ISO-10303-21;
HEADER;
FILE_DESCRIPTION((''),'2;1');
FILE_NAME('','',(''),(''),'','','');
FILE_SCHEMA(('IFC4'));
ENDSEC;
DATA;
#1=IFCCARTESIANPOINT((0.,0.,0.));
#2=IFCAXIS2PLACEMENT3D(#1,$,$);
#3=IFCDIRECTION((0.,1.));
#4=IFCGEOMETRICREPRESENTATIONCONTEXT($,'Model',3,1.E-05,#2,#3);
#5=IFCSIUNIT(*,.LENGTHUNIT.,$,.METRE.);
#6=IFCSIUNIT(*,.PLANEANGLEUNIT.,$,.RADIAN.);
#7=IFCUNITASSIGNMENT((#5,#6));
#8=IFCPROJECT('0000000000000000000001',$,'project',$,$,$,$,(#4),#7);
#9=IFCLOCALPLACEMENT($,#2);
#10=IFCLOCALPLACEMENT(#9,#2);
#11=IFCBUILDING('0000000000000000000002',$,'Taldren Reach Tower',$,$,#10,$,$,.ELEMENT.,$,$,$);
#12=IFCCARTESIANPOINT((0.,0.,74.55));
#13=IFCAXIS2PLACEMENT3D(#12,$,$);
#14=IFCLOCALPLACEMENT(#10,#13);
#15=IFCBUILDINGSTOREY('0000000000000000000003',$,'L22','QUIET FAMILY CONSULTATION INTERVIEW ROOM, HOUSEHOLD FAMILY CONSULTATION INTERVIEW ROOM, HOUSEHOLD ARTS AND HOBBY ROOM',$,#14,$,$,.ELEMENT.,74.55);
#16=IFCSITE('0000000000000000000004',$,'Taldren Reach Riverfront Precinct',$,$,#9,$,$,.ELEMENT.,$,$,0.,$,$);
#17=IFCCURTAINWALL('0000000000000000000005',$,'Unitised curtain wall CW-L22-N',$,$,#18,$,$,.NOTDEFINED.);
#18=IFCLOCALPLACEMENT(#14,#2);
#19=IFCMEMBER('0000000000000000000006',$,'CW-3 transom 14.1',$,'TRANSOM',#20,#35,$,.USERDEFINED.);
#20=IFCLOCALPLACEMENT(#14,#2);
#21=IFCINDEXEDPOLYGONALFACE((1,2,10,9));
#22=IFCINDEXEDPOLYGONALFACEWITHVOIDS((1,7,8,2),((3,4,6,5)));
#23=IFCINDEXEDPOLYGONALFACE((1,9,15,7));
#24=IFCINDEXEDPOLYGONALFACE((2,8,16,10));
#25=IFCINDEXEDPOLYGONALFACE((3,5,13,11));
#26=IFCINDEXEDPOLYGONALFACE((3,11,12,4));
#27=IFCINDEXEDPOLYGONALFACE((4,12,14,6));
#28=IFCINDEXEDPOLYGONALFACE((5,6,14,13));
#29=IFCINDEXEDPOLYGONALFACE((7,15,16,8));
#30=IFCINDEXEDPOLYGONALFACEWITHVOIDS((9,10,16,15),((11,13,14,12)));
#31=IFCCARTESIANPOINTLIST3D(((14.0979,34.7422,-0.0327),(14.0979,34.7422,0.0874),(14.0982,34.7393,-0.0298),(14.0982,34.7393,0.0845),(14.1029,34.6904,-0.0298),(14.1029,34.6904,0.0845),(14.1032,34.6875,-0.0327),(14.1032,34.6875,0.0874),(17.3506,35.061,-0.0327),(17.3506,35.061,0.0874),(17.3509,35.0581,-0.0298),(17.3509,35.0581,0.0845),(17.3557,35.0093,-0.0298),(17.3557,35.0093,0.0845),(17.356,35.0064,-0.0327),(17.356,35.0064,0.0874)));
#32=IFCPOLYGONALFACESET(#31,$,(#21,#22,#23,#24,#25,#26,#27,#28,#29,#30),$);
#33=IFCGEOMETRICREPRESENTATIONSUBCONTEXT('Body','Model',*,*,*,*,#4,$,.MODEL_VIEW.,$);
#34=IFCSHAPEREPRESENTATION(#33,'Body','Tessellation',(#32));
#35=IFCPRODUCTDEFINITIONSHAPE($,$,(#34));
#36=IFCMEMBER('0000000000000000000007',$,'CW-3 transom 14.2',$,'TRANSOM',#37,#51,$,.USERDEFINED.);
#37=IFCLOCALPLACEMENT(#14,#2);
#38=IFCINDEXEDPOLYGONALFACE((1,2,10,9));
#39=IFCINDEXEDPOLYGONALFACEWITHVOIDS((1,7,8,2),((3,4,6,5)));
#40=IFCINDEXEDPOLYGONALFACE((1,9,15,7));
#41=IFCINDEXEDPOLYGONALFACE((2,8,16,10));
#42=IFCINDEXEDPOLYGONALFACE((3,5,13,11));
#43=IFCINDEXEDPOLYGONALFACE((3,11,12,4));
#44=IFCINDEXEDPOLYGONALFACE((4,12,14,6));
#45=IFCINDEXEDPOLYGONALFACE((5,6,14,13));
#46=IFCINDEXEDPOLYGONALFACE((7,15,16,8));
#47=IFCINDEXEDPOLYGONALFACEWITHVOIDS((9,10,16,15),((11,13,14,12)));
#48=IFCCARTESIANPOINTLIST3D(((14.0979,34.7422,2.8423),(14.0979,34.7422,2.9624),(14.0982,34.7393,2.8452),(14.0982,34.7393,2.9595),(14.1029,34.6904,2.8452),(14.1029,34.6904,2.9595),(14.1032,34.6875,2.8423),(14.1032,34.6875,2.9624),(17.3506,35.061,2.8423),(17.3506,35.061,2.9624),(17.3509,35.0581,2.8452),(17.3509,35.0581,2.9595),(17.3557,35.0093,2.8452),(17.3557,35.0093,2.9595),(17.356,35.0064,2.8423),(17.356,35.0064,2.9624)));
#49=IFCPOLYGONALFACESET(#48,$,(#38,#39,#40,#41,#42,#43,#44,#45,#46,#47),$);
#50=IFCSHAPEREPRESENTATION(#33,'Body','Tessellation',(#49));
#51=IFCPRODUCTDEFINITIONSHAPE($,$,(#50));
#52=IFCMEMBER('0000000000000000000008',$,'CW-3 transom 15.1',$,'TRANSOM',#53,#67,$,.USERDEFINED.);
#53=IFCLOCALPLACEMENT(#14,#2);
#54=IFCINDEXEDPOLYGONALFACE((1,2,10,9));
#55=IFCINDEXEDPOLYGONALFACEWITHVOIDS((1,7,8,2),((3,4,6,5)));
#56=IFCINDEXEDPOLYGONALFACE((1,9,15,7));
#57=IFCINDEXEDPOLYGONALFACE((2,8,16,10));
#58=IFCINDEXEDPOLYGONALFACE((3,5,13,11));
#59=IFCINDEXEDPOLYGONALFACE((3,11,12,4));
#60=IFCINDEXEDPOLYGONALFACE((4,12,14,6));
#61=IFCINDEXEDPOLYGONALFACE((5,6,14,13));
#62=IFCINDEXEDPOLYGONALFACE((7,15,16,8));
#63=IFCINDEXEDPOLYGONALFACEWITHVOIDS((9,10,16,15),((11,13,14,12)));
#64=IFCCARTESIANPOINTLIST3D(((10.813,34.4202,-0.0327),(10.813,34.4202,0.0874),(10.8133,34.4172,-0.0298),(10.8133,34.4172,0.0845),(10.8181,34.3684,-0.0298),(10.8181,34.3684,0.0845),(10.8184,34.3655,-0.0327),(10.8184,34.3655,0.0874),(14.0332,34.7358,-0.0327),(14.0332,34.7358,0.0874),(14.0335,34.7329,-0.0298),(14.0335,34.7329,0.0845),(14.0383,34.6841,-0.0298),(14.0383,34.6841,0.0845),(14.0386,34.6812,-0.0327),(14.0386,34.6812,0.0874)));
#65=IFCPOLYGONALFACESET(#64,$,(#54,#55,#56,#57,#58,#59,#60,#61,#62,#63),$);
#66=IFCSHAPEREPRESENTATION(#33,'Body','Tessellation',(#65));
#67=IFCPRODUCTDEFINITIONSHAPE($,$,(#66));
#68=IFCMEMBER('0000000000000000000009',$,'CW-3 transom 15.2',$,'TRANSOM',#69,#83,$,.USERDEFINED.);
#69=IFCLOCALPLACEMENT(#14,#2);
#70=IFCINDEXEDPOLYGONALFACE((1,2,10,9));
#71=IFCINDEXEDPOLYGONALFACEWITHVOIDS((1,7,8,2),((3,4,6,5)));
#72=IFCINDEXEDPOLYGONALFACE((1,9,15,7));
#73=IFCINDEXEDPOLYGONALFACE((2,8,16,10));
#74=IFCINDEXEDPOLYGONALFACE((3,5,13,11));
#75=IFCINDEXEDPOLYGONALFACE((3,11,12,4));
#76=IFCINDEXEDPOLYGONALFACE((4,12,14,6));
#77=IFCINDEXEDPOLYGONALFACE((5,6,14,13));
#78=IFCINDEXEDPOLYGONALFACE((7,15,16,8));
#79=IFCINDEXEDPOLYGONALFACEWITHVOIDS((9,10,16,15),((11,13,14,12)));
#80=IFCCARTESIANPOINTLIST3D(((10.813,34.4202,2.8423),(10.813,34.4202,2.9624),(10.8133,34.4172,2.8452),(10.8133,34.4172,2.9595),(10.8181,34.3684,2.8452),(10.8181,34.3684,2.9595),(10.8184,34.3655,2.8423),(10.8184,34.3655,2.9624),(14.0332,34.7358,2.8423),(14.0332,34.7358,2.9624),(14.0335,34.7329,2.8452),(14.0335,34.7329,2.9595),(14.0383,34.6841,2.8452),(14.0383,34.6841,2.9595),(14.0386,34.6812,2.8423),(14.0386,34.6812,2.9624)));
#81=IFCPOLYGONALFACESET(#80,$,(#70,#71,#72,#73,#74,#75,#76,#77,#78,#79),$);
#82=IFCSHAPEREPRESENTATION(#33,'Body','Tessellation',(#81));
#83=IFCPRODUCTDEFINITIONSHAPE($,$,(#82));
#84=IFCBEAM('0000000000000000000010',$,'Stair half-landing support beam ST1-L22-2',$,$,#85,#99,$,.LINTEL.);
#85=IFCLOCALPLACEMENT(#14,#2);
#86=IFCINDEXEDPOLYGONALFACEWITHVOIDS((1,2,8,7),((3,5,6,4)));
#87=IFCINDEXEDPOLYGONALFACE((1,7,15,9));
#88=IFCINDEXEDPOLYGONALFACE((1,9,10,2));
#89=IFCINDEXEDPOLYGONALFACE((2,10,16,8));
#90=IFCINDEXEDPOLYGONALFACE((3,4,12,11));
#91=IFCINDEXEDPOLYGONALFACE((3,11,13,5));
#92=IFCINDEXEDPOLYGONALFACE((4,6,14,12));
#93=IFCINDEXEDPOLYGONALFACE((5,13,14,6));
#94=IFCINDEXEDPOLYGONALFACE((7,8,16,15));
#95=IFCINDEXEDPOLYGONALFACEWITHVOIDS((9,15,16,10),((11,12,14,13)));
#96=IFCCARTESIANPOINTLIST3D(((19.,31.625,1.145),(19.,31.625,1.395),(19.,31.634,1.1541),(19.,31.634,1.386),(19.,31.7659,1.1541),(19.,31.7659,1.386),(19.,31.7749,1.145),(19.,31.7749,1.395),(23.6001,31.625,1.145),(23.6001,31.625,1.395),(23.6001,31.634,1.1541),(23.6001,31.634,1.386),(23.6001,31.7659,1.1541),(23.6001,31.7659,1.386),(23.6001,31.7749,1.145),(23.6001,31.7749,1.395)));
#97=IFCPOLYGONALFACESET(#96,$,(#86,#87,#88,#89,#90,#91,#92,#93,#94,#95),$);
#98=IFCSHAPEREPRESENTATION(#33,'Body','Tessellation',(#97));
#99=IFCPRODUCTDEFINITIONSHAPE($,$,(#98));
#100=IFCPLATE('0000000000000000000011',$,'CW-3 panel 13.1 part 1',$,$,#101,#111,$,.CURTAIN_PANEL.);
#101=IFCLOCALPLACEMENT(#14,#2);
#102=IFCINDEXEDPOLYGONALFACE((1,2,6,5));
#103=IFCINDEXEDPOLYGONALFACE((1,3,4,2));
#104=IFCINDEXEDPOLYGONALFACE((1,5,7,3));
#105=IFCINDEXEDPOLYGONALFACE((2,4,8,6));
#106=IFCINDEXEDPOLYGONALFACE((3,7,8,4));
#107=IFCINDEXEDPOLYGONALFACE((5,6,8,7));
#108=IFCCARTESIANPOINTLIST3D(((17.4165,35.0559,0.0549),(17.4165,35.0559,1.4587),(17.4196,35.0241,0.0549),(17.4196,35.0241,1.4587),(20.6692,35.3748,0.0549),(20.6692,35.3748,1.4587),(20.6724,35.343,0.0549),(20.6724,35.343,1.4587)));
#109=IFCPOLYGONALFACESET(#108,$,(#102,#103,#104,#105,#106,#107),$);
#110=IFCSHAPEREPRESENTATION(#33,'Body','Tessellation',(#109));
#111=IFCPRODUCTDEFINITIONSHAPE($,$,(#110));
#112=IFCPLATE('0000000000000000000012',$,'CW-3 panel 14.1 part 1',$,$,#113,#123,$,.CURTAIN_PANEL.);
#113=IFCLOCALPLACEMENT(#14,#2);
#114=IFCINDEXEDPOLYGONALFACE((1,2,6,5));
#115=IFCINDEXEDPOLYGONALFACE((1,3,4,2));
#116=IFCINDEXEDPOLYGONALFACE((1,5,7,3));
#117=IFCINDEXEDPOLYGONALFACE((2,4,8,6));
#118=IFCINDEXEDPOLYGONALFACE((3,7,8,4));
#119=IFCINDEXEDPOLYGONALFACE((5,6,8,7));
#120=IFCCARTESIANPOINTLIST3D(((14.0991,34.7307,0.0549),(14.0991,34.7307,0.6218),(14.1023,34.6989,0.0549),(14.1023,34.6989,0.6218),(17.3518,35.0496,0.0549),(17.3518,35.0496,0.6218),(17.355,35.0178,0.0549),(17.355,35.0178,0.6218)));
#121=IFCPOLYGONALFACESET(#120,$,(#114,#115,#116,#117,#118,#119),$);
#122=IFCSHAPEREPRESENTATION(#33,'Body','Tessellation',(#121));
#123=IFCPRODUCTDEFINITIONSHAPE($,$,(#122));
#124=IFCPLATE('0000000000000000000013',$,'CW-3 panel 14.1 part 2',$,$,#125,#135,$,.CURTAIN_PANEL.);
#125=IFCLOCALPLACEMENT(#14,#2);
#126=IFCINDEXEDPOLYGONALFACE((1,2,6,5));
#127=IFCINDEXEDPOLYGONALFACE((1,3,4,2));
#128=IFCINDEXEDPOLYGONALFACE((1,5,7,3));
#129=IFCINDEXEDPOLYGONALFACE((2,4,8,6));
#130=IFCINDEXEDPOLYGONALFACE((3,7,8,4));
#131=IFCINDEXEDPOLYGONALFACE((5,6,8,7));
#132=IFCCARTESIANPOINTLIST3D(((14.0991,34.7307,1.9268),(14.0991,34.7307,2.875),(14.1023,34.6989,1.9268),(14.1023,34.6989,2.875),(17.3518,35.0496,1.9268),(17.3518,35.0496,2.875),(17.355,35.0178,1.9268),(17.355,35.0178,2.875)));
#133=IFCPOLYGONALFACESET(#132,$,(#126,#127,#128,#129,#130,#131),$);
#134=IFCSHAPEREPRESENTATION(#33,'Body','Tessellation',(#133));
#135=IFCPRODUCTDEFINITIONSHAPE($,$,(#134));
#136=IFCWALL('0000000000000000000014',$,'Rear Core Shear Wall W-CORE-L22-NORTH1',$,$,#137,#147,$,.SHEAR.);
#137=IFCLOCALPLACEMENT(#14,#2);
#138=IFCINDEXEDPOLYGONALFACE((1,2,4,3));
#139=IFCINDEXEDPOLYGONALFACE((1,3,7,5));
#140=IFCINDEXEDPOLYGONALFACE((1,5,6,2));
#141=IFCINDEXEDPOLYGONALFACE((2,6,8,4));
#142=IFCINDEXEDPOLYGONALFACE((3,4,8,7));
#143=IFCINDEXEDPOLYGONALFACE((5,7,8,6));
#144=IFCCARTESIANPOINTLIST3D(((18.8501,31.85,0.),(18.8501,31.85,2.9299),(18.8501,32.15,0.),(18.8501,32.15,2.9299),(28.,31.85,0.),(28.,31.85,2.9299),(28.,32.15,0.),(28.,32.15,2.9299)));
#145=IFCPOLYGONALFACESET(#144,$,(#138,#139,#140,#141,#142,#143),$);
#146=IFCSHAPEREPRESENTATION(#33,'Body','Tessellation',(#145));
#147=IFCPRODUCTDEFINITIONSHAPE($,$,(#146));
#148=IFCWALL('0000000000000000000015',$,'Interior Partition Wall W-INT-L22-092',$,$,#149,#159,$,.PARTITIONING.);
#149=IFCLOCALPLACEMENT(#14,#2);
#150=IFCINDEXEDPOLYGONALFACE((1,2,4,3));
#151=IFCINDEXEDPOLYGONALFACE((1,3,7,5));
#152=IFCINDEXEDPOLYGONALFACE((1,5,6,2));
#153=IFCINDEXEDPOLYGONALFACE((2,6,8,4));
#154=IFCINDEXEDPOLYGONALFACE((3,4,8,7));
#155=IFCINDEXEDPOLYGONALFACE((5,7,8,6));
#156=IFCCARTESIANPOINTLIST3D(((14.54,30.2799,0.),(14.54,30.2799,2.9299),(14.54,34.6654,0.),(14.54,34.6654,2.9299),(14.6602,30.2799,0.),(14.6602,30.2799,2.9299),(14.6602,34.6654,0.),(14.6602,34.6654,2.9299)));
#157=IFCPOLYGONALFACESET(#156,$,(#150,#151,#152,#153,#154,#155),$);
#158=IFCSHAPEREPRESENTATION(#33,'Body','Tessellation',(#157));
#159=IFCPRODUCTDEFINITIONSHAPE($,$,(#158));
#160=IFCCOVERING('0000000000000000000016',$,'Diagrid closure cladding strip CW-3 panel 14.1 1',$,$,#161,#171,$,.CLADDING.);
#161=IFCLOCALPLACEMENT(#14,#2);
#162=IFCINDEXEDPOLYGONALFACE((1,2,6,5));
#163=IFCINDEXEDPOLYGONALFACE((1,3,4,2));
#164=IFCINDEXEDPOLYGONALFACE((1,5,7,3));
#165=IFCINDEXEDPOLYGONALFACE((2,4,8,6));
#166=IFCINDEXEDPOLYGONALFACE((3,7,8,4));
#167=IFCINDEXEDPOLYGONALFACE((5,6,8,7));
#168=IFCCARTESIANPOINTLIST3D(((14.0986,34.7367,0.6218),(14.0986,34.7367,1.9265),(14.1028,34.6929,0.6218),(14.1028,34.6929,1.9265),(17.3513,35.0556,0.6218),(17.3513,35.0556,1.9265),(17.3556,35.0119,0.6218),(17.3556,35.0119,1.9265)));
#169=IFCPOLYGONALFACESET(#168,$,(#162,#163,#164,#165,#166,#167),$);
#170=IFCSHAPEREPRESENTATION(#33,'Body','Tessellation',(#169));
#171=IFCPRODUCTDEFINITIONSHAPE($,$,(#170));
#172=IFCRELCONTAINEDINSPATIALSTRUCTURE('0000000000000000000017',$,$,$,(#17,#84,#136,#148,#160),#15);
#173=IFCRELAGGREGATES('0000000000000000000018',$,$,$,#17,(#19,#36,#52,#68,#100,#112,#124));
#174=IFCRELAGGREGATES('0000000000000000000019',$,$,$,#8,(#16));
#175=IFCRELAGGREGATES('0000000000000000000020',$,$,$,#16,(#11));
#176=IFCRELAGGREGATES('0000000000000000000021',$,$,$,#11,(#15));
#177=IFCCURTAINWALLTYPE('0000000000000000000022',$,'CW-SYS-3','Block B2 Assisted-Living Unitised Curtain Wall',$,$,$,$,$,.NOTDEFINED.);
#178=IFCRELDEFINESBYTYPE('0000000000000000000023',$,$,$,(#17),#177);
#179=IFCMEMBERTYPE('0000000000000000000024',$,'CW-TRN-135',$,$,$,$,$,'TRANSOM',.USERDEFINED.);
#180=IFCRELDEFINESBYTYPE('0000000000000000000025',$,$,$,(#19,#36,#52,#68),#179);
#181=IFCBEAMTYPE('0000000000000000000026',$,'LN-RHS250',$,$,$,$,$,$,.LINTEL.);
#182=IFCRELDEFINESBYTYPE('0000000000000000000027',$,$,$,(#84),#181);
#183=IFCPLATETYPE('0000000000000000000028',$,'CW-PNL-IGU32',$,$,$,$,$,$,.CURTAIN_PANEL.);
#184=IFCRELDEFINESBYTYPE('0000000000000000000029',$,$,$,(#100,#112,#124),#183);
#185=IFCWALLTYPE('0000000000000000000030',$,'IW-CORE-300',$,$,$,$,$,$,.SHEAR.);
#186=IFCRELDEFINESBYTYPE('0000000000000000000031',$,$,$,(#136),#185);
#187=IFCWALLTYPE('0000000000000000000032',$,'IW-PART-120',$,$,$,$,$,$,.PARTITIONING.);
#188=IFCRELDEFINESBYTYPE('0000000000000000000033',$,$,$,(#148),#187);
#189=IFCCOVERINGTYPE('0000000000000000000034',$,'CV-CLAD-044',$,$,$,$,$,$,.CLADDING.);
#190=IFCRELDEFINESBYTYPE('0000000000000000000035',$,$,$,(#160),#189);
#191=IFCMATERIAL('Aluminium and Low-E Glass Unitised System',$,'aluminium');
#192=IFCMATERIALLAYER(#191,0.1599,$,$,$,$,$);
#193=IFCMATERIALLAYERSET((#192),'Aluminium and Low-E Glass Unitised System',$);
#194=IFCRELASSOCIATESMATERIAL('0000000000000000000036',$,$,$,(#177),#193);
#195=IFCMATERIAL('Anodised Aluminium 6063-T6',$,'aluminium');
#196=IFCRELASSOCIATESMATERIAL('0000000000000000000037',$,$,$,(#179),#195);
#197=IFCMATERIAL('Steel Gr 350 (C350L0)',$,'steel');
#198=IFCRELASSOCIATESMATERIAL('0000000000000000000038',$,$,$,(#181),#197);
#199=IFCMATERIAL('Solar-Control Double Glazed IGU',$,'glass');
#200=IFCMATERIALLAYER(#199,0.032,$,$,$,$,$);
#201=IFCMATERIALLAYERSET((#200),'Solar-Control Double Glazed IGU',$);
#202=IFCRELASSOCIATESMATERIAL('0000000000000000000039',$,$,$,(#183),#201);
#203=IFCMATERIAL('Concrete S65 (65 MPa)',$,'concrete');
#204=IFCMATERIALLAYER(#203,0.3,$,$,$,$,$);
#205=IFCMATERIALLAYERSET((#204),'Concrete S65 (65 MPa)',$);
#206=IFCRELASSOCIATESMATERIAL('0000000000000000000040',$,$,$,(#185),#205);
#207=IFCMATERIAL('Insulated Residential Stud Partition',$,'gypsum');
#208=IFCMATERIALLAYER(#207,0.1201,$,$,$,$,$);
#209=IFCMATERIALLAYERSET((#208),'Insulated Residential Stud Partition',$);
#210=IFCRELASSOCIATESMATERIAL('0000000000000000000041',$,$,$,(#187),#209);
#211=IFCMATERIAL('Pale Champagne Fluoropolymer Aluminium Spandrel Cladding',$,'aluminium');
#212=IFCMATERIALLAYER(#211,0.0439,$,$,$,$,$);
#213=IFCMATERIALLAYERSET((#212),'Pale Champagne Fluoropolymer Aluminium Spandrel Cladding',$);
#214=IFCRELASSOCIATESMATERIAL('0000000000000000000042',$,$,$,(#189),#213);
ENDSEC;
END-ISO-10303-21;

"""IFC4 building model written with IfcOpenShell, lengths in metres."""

from ifc_helpers import new_model, si_unit, direction, frame, frame_2d, origin, origin_2d, place, context, subcontext, project, spatial, rectangle, hollow_rectangle, extrude, source, transform, mapped, material, layer, layer_set, material_profile, profile_set, type_object, element, aggregate, save


model = new_model("IFC4")

# Units and contexts
model_context = context("Model", 3, precision=1e-05, world=origin(), true_north=direction((0.0, 1.0)))
body_context = subcontext(model_context, "Body", "Model", "MODEL_VIEW")
ifc_project = project(units=[si_unit("LENGTHUNIT", "METRE"), si_unit("PLANEANGLEUNIT", "RADIAN")], contexts=[model_context])

# Site, building, storey
site_placement = place(None, origin())
site = spatial("IfcSite", under=ifc_project, at=site_placement, Name="Taldren Reach Riverfront Precinct", CompositionType="ELEMENT", RefElevation=0.0)
building_placement = place(site_placement, origin())
building = spatial("IfcBuilding", under=site, at=building_placement, Name="Taldren Reach Tower", CompositionType="ELEMENT")
storey_placement = place(building_placement, frame((0.0, 0.0, 74.55)))
storey = spatial("IfcBuildingStorey", under=building, at=storey_placement, Name="L22", Description="QUIET FAMILY CONSULTATION INTERVIEW ROOM, HOUSEHOLD FAMILY CONSULTATION INTERVIEW ROOM, HOUSEHOLD ARTS AND HOBBY ROOM", CompositionType="ELEMENT", Elevation=74.55)

# Shared definitions
ifc_material_1 = material(Name="Concrete S65 (65 MPa)", Category="concrete")

# Curtain wall, members
ifc_material_2 = material(Name="Aluminium and Low-E Glass Unitised System", Category="aluminium")
ifc_layer_1 = layer(ifc_material_2, 0.1599)
ifc_layer_set_1 = layer_set([ifc_layer_1], Name="Aluminium and Low-E Glass Unitised System")
curtain_wall_type = type_object("IfcCurtainWallType", Name="CW-SYS-3", Description="Block B2 Assisted-Living Unitised Curtain Wall", PredefinedType="NOTDEFINED", material=ifc_layer_set_1)
curtain_wall_placement = place(storey_placement, origin())
curtain_wall = element("IfcCurtainWall", 1, at=curtain_wall_placement, inside=storey, type_object=curtain_wall_type, Name="Unitised curtain wall CW-L22-N", PredefinedType="NOTDEFINED")
ifc_material_3 = material(Name="Anodised Aluminium 6063-T6", Category="aluminium")
ifc_material_profile_1 = material_profile(ifc_material_3, hollow_rectangle(XDim=0.0549, YDim=0.1201, WallThickness=0.0029, at=origin_2d()), Name="ALU-120x55x3RHS")
ifc_profile_set_1 = profile_set([ifc_material_profile_1], Name="Anodised Aluminium 6063-T6")
member_type_1 = type_object("IfcMemberType", Name="CW-TRN-135", ElementType="TRANSOM", PredefinedType="USERDEFINED", material=ifc_profile_set_1)
shared_shape_1 = source(origin(), body_context, "Body", "SweptSolid", [
    extrude(hollow_rectangle(XDim=0.0549, YDim=0.1201, WallThickness=0.0029, at=origin_2d()), origin(), (0.0, 0.0, 1.0), 3.2683),
])
member_1_placement = place(storey_placement, frame((17.3533, 35.0337, 0.0273), z_axis=(-0.99523, -0.097558, 0.0), x_axis=(0.097558, -0.99523, 0.0)))
member_1 = element("IfcMember", 2, at=member_1_placement, type_object=member_type_1, Name="CW-3 transom 14.1", ObjectType="TRANSOM", PredefinedType="USERDEFINED", context=body_context, shape_type="MappedRepresentation", body=[
    mapped(shared_shape_1, transform((0.0, 0.0, 0.0), scale=1.0)),
])
member_2_placement = place(storey_placement, frame((17.3533, 35.0337, 2.9023), z_axis=(-0.99523, -0.097558, 0.0), x_axis=(0.097558, -0.99523, 0.0)))
member_2 = element("IfcMember", 3, at=member_2_placement, type_object=member_type_1, Name="CW-3 transom 14.2", ObjectType="TRANSOM", PredefinedType="USERDEFINED", context=body_context, shape_type="MappedRepresentation", body=[
    mapped(shared_shape_1, transform((0.0, 0.0, 0.0), scale=1.0)),
])
shared_shape_2 = source(origin(), body_context, "Body", "SweptSolid", [
    extrude(hollow_rectangle(XDim=0.0549, YDim=0.1201, WallThickness=0.0029, at=origin_2d()), origin(), (0.0, 0.0, 1.0), 3.2356),
])
member_3_placement = place(storey_placement, frame((14.0359, 34.7085, 0.0273), z_axis=(-0.99523, -0.097561, 0.0), x_axis=(0.097561, -0.99523, 0.0)))
member_3 = element("IfcMember", 4, at=member_3_placement, type_object=member_type_1, Name="CW-3 transom 15.1", ObjectType="TRANSOM", PredefinedType="USERDEFINED", context=body_context, shape_type="MappedRepresentation", body=[
    mapped(shared_shape_2, transform((0.0, 0.0, 0.0), scale=1.0)),
])
member_4_placement = place(storey_placement, frame((14.0359, 34.7085, 2.9023), z_axis=(-0.99523, -0.097561, 0.0), x_axis=(0.097561, -0.99523, 0.0)))
member_4 = element("IfcMember", 5, at=member_4_placement, type_object=member_type_1, Name="CW-3 transom 15.2", ObjectType="TRANSOM", PredefinedType="USERDEFINED", context=body_context, shape_type="MappedRepresentation", body=[
    mapped(shared_shape_2, transform((0.0, 0.0, 0.0), scale=1.0)),
])

# Beam
ifc_material_4 = material(Name="Steel Gr 350 (C350L0)", Category="steel")
ifc_material_profile_2 = material_profile(ifc_material_4, hollow_rectangle(XDim=0.1499, YDim=0.25, WallThickness=0.009, at=origin_2d()), Name="250x150x9.0RHS")
ifc_profile_set_2 = profile_set([ifc_material_profile_2], Name="Steel Gr 350 (C350L0)")
beam_type_1 = type_object("IfcBeamType", Name="LN-RHS250", PredefinedType="LINTEL", material=ifc_profile_set_2)
shared_shape_3 = source(origin(), body_context, "Body", "SweptSolid", [
    extrude(hollow_rectangle(XDim=0.1499, YDim=0.25, WallThickness=0.009, at=origin_2d()), origin(), (0.0, 0.0, 1.0), 4.6001),
])
beam_1_placement = place(storey_placement, frame((19.0, 31.7, 1.27), z_axis=(1.0, 0.0, 0.0), x_axis=(0.0, 1.0, 0.0)))
element("IfcBeam", 6, at=beam_1_placement, inside=storey, type_object=beam_type_1, Name="Stair half-landing support beam ST1-L22-2", PredefinedType="LINTEL", context=body_context, shape_type="MappedRepresentation", body=[
    mapped(shared_shape_3, transform((0.0, 0.0, 0.0), scale=1.0)),
])

# Plates
ifc_material_5 = material(Name="Solar-Control Double Glazed IGU", Category="glass")
ifc_layer_2 = layer(ifc_material_5, 0.032)
ifc_layer_set_2 = layer_set([ifc_layer_2], Name="Solar-Control Double Glazed IGU")
plate_type = type_object("IfcPlateType", Name="CW-PNL-IGU32", PredefinedType="CURTAIN_PANEL", material=ifc_layer_set_2)
shared_shape_4 = source(origin(), body_context, "Body", "SweptSolid", [
    extrude(rectangle(XDim=3.2683, YDim=0.032, at=origin_2d()), origin(), (0.0, 0.0, 1.0), 1.4038),
])
plate_1_placement = place(storey_placement, frame((19.0444, 35.1995, 0.0549), z_axis=(0.0, 0.0, 1.0), x_axis=(-0.995227, -0.097583, 0.0)))
plate_1 = element("IfcPlate", 7, at=plate_1_placement, type_object=plate_type, Name="CW-3 panel 13.1 part 1", PredefinedType="CURTAIN_PANEL", context=body_context, shape_type="MappedRepresentation", body=[
    mapped(shared_shape_4, transform((0.0, 0.0, 0.0), scale=1.0)),
])
shared_shape_5 = source(origin(), body_context, "Body", "SweptSolid", [
    extrude(rectangle(XDim=3.2683, YDim=0.032, at=origin_2d()), origin(), (0.0, 0.0, 1.0), 0.5669),
])
plate_2_placement = place(storey_placement, frame((15.7271, 34.8743, 0.0549), z_axis=(0.0, 0.0, 1.0), x_axis=(-0.995227, -0.097583, 0.0)))
plate_2 = element("IfcPlate", 8, at=plate_2_placement, type_object=plate_type, Name="CW-3 panel 14.1 part 1", PredefinedType="CURTAIN_PANEL", context=body_context, shape_type="MappedRepresentation", body=[
    mapped(shared_shape_5, transform((0.0, 0.0, 0.0), scale=1.0)),
])
shared_shape_6 = source(origin(), body_context, "Body", "SweptSolid", [
    extrude(rectangle(XDim=3.2683, YDim=0.032, at=origin_2d()), origin(), (0.0, 0.0, 1.0), 0.9482),
])
plate_3_placement = place(storey_placement, frame((15.7271, 34.8743, 1.9268), z_axis=(0.0, 0.0, 1.0), x_axis=(-0.995227, -0.097583, 0.0)))
plate_3 = element("IfcPlate", 9, at=plate_3_placement, type_object=plate_type, Name="CW-3 panel 14.1 part 2", PredefinedType="CURTAIN_PANEL", context=body_context, shape_type="MappedRepresentation", body=[
    mapped(shared_shape_6, transform((0.0, 0.0, 0.0), scale=1.0)),
])
aggregate(curtain_wall, [member_1, member_2, member_3, member_4, plate_1, plate_2, plate_3])

# Walls
ifc_layer_3 = layer(ifc_material_1, 0.3)
ifc_layer_set_3 = layer_set([ifc_layer_3], Name="Concrete S65 (65 MPa)")
wall_type_1 = type_object("IfcWallType", Name="IW-CORE-300", PredefinedType="SHEAR", material=ifc_layer_set_3)
shared_shape_7 = source(origin(), body_context, "Body", "SweptSolid", [
    extrude(rectangle(XDim=9.1499, YDim=0.3, at=frame_2d((4.575, 0.0))), origin(), (0.0, 0.0, 1.0), 2.9299),
])
wall_1_placement = place(storey_placement, frame((18.8501, 32.0, 0.0), z_axis=(0.0, 0.0, 1.0), x_axis=(1.0, 0.0, 0.0)))
element("IfcWall", 10, at=wall_1_placement, inside=storey, type_object=wall_type_1, Name="Rear Core Shear Wall W-CORE-L22-NORTH1", PredefinedType="SHEAR", context=body_context, shape_type="MappedRepresentation", body=[
    mapped(shared_shape_7, transform((0.0, 0.0, 0.0), scale=1.0)),
])
ifc_material_6 = material(Name="Insulated Residential Stud Partition", Category="gypsum")
ifc_layer_4 = layer(ifc_material_6, 0.1201)
ifc_layer_set_4 = layer_set([ifc_layer_4], Name="Insulated Residential Stud Partition")
wall_type_2 = type_object("IfcWallType", Name="IW-PART-120", PredefinedType="PARTITIONING", material=ifc_layer_set_4)
shared_shape_8 = source(origin(), body_context, "Body", "SweptSolid", [
    extrude(rectangle(XDim=4.3855, YDim=0.1201, at=frame_2d((2.1929, 0.0))), origin(), (0.0, 0.0, 1.0), 2.9299),
])
wall_2_placement = place(storey_placement, frame((14.6001, 34.6655, 0.0), z_axis=(0.0, 0.0, 1.0), x_axis=(0.0, -1.0, 0.0)))
element("IfcWall", 11, at=wall_2_placement, inside=storey, type_object=wall_type_2, Name="Interior Partition Wall W-INT-L22-092", PredefinedType="PARTITIONING", context=body_context, shape_type="MappedRepresentation", body=[
    mapped(shared_shape_8, transform((0.0, 0.0, 0.0), scale=1.0)),
])

# Covering
ifc_material_7 = material(Name="Pale Champagne Fluoropolymer Aluminium Spandrel Cladding", Category="aluminium")
ifc_layer_5 = layer(ifc_material_7, 0.0439)
ifc_layer_set_5 = layer_set([ifc_layer_5], Name="Pale Champagne Fluoropolymer Aluminium Spandrel Cladding")
covering_type = type_object("IfcCoveringType", Name="CV-CLAD-044", PredefinedType="CLADDING", material=ifc_layer_set_5)
shared_shape_9 = source(origin(), body_context, "Body", "SweptSolid", [
    extrude(rectangle(XDim=3.2683, YDim=0.0439, at=origin_2d()), origin(), (0.0, 0.0, 1.0), 1.3047),
])
covering_1_placement = place(storey_placement, frame((15.7271, 34.8743, 0.6218), z_axis=(0.0, 0.0, 1.0), x_axis=(-0.995227, -0.097583, 0.0)))
element("IfcCovering", 12, at=covering_1_placement, inside=storey, type_object=covering_type, Name="Diagrid closure cladding strip CW-3 panel 14.1 1", PredefinedType="CLADDING", context=body_context, shape_type="MappedRepresentation", body=[
    mapped(shared_shape_9, transform((0.0, 0.0, 0.0), scale=1.0)),
])

save(model, "model.ifc")
